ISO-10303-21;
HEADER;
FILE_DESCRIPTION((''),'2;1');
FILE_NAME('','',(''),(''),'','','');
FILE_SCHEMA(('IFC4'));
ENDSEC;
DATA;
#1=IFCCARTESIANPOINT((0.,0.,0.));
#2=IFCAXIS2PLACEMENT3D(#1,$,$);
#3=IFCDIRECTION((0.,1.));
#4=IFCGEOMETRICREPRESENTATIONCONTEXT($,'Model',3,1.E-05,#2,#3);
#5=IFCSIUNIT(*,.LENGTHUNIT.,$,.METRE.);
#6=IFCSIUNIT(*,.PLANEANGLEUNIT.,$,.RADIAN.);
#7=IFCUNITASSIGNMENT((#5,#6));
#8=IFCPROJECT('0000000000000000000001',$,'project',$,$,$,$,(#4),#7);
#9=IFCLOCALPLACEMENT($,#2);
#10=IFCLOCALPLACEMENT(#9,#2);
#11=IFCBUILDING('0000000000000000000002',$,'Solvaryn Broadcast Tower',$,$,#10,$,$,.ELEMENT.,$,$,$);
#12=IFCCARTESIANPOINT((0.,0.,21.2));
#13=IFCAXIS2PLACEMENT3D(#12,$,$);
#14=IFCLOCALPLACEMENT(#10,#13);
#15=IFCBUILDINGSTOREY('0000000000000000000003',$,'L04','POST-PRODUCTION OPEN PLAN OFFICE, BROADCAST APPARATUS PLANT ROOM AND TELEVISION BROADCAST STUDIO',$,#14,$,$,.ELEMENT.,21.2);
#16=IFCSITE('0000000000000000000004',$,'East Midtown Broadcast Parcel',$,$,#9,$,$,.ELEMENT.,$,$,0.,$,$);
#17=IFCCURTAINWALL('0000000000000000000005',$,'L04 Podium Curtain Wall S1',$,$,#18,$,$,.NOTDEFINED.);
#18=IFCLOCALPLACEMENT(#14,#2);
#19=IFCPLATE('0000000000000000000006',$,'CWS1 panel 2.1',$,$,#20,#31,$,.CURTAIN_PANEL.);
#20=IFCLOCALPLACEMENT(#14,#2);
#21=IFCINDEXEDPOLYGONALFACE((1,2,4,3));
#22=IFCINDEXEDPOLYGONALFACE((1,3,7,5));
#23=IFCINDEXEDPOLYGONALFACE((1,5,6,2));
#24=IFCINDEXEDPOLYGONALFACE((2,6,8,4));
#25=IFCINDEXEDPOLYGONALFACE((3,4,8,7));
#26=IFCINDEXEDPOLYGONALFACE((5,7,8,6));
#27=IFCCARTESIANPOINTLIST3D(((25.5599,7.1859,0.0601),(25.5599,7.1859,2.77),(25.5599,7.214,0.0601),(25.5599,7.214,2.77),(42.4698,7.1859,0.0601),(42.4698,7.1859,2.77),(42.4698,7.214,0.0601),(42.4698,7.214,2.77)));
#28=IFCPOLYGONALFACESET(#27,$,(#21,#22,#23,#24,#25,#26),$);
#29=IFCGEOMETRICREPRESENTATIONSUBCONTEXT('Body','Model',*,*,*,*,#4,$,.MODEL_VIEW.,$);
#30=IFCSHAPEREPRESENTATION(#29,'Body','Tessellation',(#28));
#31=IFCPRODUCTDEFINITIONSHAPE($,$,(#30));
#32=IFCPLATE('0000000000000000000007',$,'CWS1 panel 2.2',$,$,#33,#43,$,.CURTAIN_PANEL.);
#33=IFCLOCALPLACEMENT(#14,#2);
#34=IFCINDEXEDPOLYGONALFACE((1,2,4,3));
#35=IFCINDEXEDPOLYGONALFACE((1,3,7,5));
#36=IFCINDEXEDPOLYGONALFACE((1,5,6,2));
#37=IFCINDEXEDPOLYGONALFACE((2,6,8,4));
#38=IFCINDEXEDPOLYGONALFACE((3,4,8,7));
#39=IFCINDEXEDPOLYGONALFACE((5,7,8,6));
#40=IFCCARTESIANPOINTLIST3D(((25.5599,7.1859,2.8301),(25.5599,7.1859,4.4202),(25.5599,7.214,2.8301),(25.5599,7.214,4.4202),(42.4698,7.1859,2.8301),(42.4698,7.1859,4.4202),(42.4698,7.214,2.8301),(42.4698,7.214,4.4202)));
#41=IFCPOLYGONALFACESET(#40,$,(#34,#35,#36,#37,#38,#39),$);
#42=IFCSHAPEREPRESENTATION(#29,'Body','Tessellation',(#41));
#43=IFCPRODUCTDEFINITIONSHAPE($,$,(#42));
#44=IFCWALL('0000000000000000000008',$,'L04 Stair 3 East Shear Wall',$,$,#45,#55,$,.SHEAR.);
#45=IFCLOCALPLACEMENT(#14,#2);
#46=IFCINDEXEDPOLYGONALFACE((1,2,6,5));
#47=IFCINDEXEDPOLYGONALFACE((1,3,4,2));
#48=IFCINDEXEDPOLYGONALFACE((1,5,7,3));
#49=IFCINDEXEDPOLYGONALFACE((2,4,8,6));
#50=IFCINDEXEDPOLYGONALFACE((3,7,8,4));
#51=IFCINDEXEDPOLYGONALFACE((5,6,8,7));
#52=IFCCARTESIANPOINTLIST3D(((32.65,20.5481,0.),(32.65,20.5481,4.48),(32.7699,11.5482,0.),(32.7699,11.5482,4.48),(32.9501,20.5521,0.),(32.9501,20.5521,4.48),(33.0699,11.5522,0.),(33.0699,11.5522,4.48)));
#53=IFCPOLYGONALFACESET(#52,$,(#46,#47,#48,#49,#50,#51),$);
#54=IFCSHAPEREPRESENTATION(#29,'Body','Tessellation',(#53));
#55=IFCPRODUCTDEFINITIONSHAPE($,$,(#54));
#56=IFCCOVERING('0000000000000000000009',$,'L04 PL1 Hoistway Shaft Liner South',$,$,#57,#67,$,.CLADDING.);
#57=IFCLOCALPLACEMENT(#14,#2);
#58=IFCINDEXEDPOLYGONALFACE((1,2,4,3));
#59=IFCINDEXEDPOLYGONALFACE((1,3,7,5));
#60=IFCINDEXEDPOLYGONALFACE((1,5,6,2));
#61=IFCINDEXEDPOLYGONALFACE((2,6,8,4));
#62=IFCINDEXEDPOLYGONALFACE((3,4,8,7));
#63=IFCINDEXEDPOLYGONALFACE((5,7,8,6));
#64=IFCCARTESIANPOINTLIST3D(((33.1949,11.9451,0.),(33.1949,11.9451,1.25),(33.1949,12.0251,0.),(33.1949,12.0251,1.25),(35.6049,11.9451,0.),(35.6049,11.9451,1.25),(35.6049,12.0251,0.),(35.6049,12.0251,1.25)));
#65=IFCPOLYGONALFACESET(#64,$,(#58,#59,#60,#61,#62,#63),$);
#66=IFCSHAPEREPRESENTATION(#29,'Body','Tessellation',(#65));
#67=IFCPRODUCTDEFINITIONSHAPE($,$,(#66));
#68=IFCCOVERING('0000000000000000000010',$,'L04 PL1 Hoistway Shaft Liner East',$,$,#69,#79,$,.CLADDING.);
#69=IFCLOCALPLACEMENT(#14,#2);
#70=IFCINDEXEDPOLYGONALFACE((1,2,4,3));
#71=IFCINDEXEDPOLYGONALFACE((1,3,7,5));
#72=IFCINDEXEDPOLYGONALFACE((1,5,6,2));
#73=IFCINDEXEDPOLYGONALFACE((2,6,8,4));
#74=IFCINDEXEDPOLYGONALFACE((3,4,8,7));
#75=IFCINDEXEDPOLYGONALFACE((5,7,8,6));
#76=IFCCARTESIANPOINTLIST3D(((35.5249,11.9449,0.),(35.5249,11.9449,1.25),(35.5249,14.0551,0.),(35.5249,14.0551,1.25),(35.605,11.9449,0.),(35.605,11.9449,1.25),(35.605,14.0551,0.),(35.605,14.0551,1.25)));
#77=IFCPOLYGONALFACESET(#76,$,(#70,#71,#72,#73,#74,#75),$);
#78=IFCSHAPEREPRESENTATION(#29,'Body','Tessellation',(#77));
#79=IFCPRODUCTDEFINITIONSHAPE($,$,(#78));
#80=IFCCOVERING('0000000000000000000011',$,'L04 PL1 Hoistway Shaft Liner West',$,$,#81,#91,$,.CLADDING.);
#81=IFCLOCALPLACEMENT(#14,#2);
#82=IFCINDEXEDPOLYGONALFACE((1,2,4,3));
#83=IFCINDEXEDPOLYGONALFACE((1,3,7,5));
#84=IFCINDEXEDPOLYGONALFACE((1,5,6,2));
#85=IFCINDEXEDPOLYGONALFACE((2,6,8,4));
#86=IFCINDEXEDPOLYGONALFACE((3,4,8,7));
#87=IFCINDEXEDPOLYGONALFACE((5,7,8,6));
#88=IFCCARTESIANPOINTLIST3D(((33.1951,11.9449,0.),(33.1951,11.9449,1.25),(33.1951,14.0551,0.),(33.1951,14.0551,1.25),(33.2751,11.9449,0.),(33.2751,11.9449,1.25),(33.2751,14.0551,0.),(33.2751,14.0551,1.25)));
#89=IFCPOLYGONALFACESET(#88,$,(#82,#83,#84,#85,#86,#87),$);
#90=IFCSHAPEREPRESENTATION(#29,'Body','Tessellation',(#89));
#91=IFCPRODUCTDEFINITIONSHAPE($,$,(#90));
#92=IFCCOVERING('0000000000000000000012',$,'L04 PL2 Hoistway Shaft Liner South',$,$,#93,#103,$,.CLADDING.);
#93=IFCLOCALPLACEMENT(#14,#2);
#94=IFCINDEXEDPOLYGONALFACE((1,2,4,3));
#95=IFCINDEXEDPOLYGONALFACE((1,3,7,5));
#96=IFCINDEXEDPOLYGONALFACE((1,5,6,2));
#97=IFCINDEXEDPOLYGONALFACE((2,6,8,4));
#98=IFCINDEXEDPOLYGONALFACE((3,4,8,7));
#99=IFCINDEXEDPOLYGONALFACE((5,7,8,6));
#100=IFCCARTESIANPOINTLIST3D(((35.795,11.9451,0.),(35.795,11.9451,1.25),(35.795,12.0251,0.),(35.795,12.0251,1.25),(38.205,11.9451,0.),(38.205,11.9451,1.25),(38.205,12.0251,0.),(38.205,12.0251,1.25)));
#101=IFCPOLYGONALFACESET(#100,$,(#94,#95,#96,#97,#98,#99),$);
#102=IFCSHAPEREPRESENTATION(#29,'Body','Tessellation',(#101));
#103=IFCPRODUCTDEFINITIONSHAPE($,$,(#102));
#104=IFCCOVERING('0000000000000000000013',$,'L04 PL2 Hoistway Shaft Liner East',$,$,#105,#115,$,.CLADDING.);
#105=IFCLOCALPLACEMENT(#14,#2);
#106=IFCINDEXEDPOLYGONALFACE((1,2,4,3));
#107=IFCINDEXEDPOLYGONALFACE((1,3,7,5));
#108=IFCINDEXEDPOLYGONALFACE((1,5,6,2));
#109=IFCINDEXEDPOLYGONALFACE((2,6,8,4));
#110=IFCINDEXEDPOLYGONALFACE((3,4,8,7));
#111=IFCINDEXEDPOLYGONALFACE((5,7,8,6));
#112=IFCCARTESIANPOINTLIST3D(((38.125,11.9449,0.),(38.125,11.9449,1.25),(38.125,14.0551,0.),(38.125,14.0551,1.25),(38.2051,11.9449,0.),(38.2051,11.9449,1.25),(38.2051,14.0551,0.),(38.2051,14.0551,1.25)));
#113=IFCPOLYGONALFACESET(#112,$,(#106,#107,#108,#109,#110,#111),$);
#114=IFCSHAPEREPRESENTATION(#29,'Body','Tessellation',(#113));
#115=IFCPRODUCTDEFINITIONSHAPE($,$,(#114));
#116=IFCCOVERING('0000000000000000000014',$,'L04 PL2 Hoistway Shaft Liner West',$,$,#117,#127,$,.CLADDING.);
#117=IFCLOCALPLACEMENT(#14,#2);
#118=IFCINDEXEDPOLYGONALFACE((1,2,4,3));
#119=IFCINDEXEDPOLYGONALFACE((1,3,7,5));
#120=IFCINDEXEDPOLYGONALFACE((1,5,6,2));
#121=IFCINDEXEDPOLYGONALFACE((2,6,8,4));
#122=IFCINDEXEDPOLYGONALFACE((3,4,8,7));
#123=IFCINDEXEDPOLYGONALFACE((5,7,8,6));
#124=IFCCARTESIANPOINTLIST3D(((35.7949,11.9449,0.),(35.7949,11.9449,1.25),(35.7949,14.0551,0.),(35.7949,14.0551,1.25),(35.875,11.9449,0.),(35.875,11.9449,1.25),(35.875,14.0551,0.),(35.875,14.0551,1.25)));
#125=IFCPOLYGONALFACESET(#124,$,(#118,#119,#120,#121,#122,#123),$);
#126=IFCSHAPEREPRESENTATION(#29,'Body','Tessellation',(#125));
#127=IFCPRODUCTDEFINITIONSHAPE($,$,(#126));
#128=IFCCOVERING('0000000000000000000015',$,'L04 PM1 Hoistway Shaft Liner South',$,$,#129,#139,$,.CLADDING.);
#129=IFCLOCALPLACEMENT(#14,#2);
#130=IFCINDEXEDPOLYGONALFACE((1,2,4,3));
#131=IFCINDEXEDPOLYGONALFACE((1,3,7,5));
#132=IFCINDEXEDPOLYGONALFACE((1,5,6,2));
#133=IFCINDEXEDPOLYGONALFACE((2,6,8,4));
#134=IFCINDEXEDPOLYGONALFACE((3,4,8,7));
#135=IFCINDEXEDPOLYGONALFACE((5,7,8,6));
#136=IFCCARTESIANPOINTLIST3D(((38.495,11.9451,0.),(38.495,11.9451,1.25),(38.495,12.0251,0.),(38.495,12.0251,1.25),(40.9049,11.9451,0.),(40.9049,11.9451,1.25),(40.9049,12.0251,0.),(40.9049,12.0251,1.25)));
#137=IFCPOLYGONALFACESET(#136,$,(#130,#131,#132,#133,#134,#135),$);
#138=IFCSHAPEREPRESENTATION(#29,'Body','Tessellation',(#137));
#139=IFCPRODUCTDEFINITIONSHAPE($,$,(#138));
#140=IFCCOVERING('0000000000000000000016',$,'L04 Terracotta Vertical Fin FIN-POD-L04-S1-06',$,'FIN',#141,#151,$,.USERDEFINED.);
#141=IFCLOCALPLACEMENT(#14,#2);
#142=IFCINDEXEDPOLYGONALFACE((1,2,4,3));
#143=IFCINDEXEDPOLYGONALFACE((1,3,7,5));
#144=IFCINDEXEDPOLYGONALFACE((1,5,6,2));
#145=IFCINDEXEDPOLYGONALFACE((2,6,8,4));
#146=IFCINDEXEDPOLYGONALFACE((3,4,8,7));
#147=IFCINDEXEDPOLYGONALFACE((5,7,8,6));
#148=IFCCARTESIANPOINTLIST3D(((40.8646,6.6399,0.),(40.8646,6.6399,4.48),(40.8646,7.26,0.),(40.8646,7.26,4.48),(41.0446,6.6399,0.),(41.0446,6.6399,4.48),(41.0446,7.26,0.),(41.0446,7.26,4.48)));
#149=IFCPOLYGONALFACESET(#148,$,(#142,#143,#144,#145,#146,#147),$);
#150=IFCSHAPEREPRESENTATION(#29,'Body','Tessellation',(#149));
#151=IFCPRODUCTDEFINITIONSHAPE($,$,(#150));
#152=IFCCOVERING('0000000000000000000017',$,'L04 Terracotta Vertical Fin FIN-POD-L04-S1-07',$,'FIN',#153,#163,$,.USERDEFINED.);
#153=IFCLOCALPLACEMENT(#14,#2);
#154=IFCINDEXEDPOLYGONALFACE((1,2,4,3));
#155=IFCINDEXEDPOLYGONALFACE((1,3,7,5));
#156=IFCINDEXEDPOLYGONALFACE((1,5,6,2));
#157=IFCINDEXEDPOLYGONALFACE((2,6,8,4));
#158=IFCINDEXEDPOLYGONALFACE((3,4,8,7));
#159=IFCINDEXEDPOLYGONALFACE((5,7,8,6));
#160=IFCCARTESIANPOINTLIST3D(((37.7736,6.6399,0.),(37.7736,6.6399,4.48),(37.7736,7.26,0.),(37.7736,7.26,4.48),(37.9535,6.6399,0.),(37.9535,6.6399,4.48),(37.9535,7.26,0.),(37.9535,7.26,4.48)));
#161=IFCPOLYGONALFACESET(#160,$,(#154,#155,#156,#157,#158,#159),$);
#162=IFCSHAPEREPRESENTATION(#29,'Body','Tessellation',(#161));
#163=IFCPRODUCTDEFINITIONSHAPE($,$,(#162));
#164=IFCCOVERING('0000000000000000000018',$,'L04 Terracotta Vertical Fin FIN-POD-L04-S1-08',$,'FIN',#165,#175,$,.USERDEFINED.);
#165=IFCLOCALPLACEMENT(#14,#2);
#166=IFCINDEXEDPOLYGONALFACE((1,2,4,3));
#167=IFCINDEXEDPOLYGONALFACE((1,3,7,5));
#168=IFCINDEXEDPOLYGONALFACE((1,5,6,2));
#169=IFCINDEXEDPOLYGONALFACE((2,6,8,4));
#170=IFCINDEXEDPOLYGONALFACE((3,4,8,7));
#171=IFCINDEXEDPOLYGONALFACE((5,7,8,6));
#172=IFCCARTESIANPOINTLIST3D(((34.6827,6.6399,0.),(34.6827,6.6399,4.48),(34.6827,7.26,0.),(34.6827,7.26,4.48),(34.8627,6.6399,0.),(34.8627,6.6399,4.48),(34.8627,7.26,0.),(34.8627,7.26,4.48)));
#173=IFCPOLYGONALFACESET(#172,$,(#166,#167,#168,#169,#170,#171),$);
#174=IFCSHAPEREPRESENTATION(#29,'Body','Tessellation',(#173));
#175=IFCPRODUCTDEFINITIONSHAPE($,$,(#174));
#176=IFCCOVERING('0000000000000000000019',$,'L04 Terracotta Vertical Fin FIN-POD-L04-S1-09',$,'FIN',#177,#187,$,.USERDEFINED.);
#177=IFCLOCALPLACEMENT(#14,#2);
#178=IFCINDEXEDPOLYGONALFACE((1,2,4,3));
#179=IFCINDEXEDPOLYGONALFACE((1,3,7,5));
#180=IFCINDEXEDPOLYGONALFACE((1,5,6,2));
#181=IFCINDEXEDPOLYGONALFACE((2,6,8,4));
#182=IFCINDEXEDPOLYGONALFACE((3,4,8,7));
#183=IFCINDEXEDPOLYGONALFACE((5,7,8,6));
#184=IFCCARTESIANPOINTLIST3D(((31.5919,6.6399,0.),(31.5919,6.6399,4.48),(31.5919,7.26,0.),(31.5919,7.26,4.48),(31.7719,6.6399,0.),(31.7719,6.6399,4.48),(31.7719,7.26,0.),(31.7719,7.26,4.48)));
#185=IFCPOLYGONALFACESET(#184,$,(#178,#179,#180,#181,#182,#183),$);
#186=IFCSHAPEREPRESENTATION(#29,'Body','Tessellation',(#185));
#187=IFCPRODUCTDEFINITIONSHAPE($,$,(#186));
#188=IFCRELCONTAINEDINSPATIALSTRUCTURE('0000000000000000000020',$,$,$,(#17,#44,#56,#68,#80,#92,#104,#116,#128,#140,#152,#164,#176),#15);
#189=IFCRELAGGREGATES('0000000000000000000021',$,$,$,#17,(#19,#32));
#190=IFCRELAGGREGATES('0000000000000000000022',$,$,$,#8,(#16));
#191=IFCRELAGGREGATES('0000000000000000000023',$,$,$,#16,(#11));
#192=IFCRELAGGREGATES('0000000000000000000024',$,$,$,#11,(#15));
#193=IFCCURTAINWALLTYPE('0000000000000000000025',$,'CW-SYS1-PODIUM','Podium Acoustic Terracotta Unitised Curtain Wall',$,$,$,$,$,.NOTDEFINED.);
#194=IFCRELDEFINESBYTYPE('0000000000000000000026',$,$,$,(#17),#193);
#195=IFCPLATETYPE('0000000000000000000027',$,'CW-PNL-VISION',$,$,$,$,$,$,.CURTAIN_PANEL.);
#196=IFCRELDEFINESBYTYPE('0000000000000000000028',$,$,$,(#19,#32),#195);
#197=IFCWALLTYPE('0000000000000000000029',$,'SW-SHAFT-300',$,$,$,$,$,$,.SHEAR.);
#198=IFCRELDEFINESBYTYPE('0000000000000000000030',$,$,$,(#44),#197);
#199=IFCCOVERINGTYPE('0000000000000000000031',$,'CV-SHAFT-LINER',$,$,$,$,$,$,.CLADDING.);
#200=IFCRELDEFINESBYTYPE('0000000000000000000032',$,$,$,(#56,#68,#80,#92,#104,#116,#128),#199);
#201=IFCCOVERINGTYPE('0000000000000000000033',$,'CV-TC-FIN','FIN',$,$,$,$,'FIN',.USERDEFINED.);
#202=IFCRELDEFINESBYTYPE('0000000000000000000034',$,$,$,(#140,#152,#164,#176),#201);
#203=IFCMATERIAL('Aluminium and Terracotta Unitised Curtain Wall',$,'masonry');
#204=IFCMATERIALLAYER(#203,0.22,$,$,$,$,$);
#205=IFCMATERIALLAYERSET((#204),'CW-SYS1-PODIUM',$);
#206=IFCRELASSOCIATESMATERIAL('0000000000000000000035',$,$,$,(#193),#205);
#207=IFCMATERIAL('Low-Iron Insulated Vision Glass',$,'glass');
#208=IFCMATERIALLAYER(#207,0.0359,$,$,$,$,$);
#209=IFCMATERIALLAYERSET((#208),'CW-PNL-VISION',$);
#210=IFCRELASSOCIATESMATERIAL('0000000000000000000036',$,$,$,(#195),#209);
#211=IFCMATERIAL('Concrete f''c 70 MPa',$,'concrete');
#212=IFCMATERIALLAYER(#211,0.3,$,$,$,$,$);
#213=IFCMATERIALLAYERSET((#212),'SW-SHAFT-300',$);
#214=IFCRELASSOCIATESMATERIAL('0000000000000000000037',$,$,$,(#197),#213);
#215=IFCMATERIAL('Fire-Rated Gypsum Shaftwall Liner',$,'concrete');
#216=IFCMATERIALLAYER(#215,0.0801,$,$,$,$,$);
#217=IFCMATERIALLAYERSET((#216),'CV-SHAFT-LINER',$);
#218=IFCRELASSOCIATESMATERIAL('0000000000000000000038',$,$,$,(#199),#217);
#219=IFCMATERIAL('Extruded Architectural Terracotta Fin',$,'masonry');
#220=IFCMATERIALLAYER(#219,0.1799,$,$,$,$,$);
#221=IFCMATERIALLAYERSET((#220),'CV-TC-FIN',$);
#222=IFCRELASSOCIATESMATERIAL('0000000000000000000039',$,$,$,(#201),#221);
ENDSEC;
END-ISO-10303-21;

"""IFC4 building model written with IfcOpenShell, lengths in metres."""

from ifc_helpers import new_model, si_unit, direction, frame, frame_2d, origin, origin_2d, place, context, subcontext, project, spatial, rectangle, extrude, material, layer, layer_set, type_object, element, aggregate, save


model = new_model("IFC4")

# Units and contexts
model_context = context("Model", 3, precision=1e-05, world=origin(), true_north=direction((0.0, 1.0)))
body_context = subcontext(model_context, "Body", "Model", "MODEL_VIEW")
ifc_project = project(units=[si_unit("LENGTHUNIT", "METRE"), si_unit("PLANEANGLEUNIT", "RADIAN")], contexts=[model_context])

# Site, building, storey
site_placement = place(None, origin())
site = spatial("IfcSite", under=ifc_project, at=site_placement, Name="East Midtown Broadcast Parcel", CompositionType="ELEMENT", RefElevation=0.0)
building_placement = place(site_placement, origin())
building = spatial("IfcBuilding", under=site, at=building_placement, Name="Solvaryn Broadcast Tower", CompositionType="ELEMENT")
storey_placement = place(building_placement, frame((0.0, 0.0, 21.2)))
storey = spatial("IfcBuildingStorey", under=building, at=storey_placement, Name="L04", Description="POST-PRODUCTION OPEN PLAN OFFICE, BROADCAST APPARATUS PLANT ROOM AND TELEVISION BROADCAST STUDIO", CompositionType="ELEMENT", Elevation=21.2)

# Curtain wall, plates
ifc_material_1 = material(Name="Aluminium and Terracotta Unitised Curtain Wall", Category="masonry")
ifc_layer_1 = layer(ifc_material_1, 0.22)
ifc_layer_set_1 = layer_set([ifc_layer_1], Name="CW-SYS1-PODIUM")
curtain_wall_type = type_object("IfcCurtainWallType", Name="CW-SYS1-PODIUM", Description="Podium Acoustic Terracotta Unitised Curtain Wall", PredefinedType="NOTDEFINED", material=ifc_layer_set_1)
curtain_wall_placement = place(storey_placement, origin())
curtain_wall = element("IfcCurtainWall", 1, at=curtain_wall_placement, inside=storey, type_object=curtain_wall_type, Name="L04 Podium Curtain Wall S1", PredefinedType="NOTDEFINED")
ifc_material_2 = material(Name="Low-Iron Insulated Vision Glass", Category="glass")
ifc_layer_2 = layer(ifc_material_2, 0.0359)
ifc_layer_set_2 = layer_set([ifc_layer_2], Name="CW-PNL-VISION")
plate_type = type_object("IfcPlateType", Name="CW-PNL-VISION", PredefinedType="CURTAIN_PANEL", material=ifc_layer_set_2)
plate_1_placement = place(storey_placement, frame((34.0149, 7.2, 0.0601), z_axis=(0.0, 0.0, 1.0), x_axis=(-1.0, 0.0, 0.0)))
plate_1 = element("IfcPlate", 2, at=plate_1_placement, type_object=plate_type, Name="CWS1 panel 2.1", PredefinedType="CURTAIN_PANEL", context=body_context, shape_type="SweptSolid", body=[
    extrude(rectangle(XDim=16.9099, YDim=0.0281, at=origin_2d()), origin(), (0.0, 0.0, 1.0), 2.71),
])
plate_2_placement = place(storey_placement, frame((34.0149, 7.2, 2.8301), z_axis=(0.0, 0.0, 1.0), x_axis=(-1.0, 0.0, 0.0)))
plate_2 = element("IfcPlate", 3, at=plate_2_placement, type_object=plate_type, Name="CWS1 panel 2.2", PredefinedType="CURTAIN_PANEL", context=body_context, shape_type="SweptSolid", body=[
    extrude(rectangle(XDim=16.9099, YDim=0.0281, at=origin_2d()), origin(), (0.0, 0.0, 1.0), 1.5901),
])
aggregate(curtain_wall, [plate_1, plate_2])

# Wall
ifc_material_3 = material(Name="Concrete f'c 70 MPa", Category="concrete")
ifc_layer_3 = layer(ifc_material_3, 0.3)
ifc_layer_set_3 = layer_set([ifc_layer_3], Name="SW-SHAFT-300")
wall_type = type_object("IfcWallType", Name="SW-SHAFT-300", PredefinedType="SHEAR", material=ifc_layer_set_3)
wall_placement = place(storey_placement, frame((32.9199, 11.55, 0.0), z_axis=(0.0, 0.0, 1.0), x_axis=(-0.013318, 0.999911, 0.0)))
element("IfcWall", 4, at=wall_placement, inside=storey, type_object=wall_type, Name="L04 Stair 3 East Shear Wall", PredefinedType="SHEAR", context=body_context, shape_type="SweptSolid", body=[
    extrude(rectangle(XDim=9.0007, YDim=0.3, at=frame_2d((4.5005, 0.0))), origin(), (0.0, 0.0, 1.0), 4.48),
])

# Coverings
ifc_material_4 = material(Name="Fire-Rated Gypsum Shaftwall Liner", Category="concrete")
ifc_layer_4 = layer(ifc_material_4, 0.0801)
ifc_layer_set_4 = layer_set([ifc_layer_4], Name="CV-SHAFT-LINER")
covering_type_1 = type_object("IfcCoveringType", Name="CV-SHAFT-LINER", PredefinedType="CLADDING", material=ifc_layer_set_4)
covering_1_placement = place(storey_placement, frame((34.3999, 11.9851, 0.0), z_axis=(0.0, 0.0, 1.0), x_axis=(1.0, 0.0, 0.0)))
element("IfcCovering", 5, at=covering_1_placement, inside=storey, type_object=covering_type_1, Name="L04 PL1 Hoistway Shaft Liner South", PredefinedType="CLADDING", context=body_context, shape_type="SweptSolid", body=[
    extrude(rectangle(XDim=2.4099, YDim=0.0801, at=origin_2d()), origin(), (0.0, 0.0, 1.0), 1.25),
])
for number, where, z_axis, x_axis, name in (
    (6, (35.5649, 13.0, 0.0), (0.0, 0.0, 1.0), (1.0, 0.0, 0.0), "L04 PL1 Hoistway Shaft Liner East"),
    (7, (33.2351, 13.0, 0.0), (0.0, 0.0, 1.0), (1.0, 0.0, 0.0), "L04 PL1 Hoistway Shaft Liner West"),
):
    element("IfcCovering", number, at=place(storey_placement, frame(where, z_axis=z_axis, x_axis=x_axis)), inside=storey, type_object=covering_type_1, Name=name, PredefinedType="CLADDING", context=body_context, shape_type="SweptSolid", body=[
        extrude(rectangle(XDim=0.0801, YDim=2.1101, at=origin_2d()), origin(), (0.0, 0.0, 1.0), 1.25),
    ])
covering_2_placement = place(storey_placement, frame((37.0, 11.9851, 0.0), z_axis=(0.0, 0.0, 1.0), x_axis=(1.0, 0.0, 0.0)))
element("IfcCovering", 8, at=covering_2_placement, inside=storey, type_object=covering_type_1, Name="L04 PL2 Hoistway Shaft Liner South", PredefinedType="CLADDING", context=body_context, shape_type="SweptSolid", body=[
    extrude(rectangle(XDim=2.4099, YDim=0.0801, at=origin_2d()), origin(), (0.0, 0.0, 1.0), 1.25),
])
for number, where, z_axis, x_axis, name in (
    (9, (38.165, 13.0, 0.0), (0.0, 0.0, 1.0), (1.0, 0.0, 0.0), "L04 PL2 Hoistway Shaft Liner East"),
    (10, (35.835, 13.0, 0.0), (0.0, 0.0, 1.0), (1.0, 0.0, 0.0), "L04 PL2 Hoistway Shaft Liner West"),
):
    element("IfcCovering", number, at=place(storey_placement, frame(where, z_axis=z_axis, x_axis=x_axis)), inside=storey, type_object=covering_type_1, Name=name, PredefinedType="CLADDING", context=body_context, shape_type="SweptSolid", body=[
        extrude(rectangle(XDim=0.0801, YDim=2.1101, at=origin_2d()), origin(), (0.0, 0.0, 1.0), 1.25),
    ])
covering_3_placement = place(storey_placement, frame((39.7, 11.9851, 0.0), z_axis=(0.0, 0.0, 1.0), x_axis=(1.0, 0.0, 0.0)))
element("IfcCovering", 11, at=covering_3_placement, inside=storey, type_object=covering_type_1, Name="L04 PM1 Hoistway Shaft Liner South", PredefinedType="CLADDING", context=body_context, shape_type="SweptSolid", body=[
    extrude(rectangle(XDim=2.4099, YDim=0.0801, at=origin_2d()), origin(), (0.0, 0.0, 1.0), 1.25),
])
ifc_material_5 = material(Name="Extruded Architectural Terracotta Fin", Category="masonry")
ifc_layer_5 = layer(ifc_material_5, 0.1799)
ifc_layer_set_5 = layer_set([ifc_layer_5], Name="CV-TC-FIN")
covering_type_2 = type_object("IfcCoveringType", Name="CV-TC-FIN", Description="FIN", ElementType="FIN", PredefinedType="USERDEFINED", material=ifc_layer_set_5)
for number, where, z_axis, x_axis, name in (
    (12, (40.9546, 6.95, 0.0), (0.0, 0.0, 1.0), (1.0, 0.0, 0.0), "L04 Terracotta Vertical Fin FIN-POD-L04-S1-06"),
    (13, (37.8635, 6.95, 0.0), (0.0, 0.0, 1.0), (1.0, 0.0, 0.0), "L04 Terracotta Vertical Fin FIN-POD-L04-S1-07"),
    (14, (34.7727, 6.95, 0.0), (0.0, 0.0, 1.0), (1.0, 0.0, 0.0), "L04 Terracotta Vertical Fin FIN-POD-L04-S1-08"),
    (15, (31.6819, 6.95, 0.0), (0.0, 0.0, 1.0), (1.0, 0.0, 0.0), "L04 Terracotta Vertical Fin FIN-POD-L04-S1-09"),
):
    element("IfcCovering", number, at=place(storey_placement, frame(where, z_axis=z_axis, x_axis=x_axis)), inside=storey, type_object=covering_type_2, Name=name, ObjectType="FIN", PredefinedType="USERDEFINED", context=body_context, shape_type="SweptSolid", body=[
        extrude(rectangle(XDim=0.1799, YDim=0.6201, at=origin_2d()), origin(), (0.0, 0.0, 1.0), 4.48),
    ])

save(model, "model.ifc")
